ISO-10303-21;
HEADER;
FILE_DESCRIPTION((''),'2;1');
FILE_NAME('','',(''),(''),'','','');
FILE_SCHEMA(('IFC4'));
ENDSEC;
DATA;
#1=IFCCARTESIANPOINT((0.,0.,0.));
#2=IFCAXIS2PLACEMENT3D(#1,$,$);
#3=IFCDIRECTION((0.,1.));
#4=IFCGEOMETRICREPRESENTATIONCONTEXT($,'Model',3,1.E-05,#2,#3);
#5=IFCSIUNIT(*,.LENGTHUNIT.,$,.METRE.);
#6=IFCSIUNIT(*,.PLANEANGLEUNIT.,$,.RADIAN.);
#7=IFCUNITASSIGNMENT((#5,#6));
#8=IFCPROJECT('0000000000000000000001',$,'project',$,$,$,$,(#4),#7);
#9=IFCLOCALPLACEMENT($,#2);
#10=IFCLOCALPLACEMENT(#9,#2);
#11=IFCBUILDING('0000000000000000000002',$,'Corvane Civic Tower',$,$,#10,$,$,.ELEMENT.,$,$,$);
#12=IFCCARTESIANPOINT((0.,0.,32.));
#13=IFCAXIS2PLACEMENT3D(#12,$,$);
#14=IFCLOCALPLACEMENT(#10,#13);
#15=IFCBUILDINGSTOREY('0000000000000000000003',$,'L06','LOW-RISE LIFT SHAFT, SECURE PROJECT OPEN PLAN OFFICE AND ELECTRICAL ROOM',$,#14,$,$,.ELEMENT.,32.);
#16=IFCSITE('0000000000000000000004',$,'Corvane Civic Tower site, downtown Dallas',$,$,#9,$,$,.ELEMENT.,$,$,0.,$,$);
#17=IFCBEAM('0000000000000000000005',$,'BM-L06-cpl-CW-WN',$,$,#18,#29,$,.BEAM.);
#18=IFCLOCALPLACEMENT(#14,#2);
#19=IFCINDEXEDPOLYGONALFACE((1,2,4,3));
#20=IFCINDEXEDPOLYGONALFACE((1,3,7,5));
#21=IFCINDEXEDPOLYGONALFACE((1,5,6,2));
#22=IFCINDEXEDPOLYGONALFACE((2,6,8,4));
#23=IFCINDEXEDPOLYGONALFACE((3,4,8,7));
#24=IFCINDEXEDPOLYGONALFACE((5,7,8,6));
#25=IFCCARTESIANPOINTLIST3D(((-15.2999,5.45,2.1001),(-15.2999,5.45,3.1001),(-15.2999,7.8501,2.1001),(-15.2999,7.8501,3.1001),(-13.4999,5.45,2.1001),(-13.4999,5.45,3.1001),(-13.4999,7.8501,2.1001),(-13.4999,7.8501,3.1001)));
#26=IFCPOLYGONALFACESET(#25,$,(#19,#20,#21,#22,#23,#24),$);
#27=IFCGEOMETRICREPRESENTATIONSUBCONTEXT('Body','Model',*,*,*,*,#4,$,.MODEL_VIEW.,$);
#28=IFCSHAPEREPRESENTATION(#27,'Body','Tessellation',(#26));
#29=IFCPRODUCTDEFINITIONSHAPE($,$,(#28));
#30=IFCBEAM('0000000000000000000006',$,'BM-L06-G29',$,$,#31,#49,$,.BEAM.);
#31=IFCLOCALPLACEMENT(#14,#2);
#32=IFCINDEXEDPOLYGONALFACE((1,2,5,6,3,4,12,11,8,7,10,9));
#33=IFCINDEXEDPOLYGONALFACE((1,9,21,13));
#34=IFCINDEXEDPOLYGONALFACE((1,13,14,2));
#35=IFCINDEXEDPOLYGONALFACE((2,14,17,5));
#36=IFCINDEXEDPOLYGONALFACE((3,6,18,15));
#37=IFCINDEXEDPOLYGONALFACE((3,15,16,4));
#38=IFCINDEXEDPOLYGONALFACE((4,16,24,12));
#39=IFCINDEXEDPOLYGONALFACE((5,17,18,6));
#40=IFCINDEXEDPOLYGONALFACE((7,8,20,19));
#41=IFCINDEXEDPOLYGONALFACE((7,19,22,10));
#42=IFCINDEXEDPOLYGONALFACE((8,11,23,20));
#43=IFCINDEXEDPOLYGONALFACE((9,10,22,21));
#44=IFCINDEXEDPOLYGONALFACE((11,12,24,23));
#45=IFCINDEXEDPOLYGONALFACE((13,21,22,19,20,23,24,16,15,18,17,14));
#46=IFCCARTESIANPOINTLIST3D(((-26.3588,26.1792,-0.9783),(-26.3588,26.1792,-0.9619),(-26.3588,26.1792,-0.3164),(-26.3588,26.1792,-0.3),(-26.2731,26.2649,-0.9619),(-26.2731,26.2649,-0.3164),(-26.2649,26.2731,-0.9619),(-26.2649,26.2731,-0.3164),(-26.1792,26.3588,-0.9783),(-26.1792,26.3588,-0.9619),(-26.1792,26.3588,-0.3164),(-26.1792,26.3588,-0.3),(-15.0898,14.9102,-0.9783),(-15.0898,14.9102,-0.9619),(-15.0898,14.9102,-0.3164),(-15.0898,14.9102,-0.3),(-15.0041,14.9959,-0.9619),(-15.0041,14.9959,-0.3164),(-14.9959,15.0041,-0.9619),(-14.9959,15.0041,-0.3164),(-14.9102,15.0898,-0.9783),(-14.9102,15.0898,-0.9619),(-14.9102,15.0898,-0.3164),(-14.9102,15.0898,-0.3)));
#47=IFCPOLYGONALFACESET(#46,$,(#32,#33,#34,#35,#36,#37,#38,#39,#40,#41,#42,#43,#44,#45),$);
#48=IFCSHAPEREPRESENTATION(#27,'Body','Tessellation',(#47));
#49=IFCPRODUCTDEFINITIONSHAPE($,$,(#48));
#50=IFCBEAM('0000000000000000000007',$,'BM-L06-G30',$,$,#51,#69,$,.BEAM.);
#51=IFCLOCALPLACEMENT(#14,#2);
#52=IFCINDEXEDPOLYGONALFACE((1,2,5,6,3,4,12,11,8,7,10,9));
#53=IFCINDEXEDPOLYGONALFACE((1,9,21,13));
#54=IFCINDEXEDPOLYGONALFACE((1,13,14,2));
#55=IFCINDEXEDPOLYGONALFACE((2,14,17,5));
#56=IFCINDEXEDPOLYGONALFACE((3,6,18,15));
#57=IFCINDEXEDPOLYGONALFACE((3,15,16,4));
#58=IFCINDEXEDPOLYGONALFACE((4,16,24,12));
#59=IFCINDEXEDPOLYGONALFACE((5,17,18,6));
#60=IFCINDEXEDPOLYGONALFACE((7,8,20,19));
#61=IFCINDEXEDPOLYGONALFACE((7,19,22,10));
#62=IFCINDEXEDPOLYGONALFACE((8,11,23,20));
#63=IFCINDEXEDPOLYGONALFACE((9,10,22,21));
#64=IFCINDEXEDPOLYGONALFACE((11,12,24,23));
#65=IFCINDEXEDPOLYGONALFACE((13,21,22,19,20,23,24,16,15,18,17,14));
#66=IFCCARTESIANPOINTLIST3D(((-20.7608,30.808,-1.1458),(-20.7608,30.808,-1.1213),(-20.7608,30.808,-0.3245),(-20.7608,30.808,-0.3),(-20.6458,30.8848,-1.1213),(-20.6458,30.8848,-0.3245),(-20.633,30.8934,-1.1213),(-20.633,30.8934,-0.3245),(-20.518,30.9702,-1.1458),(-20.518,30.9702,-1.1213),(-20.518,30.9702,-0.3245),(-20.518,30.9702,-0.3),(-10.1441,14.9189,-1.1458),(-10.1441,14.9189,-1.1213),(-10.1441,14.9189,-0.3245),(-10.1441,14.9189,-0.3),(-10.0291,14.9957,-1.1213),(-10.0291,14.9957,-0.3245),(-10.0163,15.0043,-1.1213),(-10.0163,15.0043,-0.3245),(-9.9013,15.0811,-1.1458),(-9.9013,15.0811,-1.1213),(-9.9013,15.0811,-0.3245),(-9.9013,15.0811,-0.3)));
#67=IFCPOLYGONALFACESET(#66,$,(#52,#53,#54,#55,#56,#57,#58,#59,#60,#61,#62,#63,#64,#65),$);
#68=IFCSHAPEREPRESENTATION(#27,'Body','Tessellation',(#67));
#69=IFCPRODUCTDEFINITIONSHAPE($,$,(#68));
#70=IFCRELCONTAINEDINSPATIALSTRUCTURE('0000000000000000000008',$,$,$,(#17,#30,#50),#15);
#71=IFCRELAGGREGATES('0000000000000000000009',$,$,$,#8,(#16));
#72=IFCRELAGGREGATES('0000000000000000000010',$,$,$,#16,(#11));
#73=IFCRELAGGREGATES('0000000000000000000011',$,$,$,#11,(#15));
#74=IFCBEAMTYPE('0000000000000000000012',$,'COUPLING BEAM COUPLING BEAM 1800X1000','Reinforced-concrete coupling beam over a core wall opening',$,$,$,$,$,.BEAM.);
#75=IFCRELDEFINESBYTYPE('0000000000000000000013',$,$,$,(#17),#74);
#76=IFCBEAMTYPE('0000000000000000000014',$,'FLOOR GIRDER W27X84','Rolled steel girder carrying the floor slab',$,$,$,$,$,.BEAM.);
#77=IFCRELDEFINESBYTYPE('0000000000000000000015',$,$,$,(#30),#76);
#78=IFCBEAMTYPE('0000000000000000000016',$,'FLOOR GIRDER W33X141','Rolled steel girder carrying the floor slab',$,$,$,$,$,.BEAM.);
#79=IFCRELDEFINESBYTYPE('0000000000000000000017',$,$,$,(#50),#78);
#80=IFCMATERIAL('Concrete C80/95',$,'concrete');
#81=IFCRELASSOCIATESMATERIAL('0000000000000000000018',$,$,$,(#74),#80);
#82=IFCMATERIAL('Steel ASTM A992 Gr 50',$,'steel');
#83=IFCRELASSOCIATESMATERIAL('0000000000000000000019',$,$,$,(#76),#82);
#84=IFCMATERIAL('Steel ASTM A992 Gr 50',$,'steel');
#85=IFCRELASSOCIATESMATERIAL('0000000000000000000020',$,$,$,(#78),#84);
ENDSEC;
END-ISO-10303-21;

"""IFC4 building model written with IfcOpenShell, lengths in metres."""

from ifc_helpers import new_model, si_unit, direction, frame, origin, origin_2d, place, context, subcontext, project, spatial, rectangle, i_section, extrude, material, material_profile, profile_set, type_object, element, save


model = new_model("IFC4")

# Units and contexts
model_context = context("Model", 3, precision=1e-05, world=origin(), true_north=direction((0.0, 1.0)))
body_context = subcontext(model_context, "Body", "Model", "MODEL_VIEW")
ifc_project = project(units=[si_unit("LENGTHUNIT", "METRE"), si_unit("PLANEANGLEUNIT", "RADIAN")], contexts=[model_context])

# Site, building, storey
site_placement = place(None, origin())
site = spatial("IfcSite", under=ifc_project, at=site_placement, Name="Corvane Civic Tower site, downtown Dallas", CompositionType="ELEMENT", RefElevation=0.0)
building_placement = place(site_placement, origin())
building = spatial("IfcBuilding", under=site, at=building_placement, Name="Corvane Civic Tower", CompositionType="ELEMENT")
storey_placement = place(building_placement, frame((0.0, 0.0, 32.0)))
storey = spatial("IfcBuildingStorey", under=building, at=storey_placement, Name="L06", Description="LOW-RISE LIFT SHAFT, SECURE PROJECT OPEN PLAN OFFICE AND ELECTRICAL ROOM", CompositionType="ELEMENT", Elevation=32.0)

# Beams
ifc_material_1 = material(Name="Concrete C80/95", Category="concrete")
ifc_material_profile_1 = material_profile(ifc_material_1, rectangle(XDim=1.8, YDim=1.0, at=origin_2d()), Name="COUPLING BEAM 1800X1000")
ifc_profile_set_1 = profile_set([ifc_material_profile_1], Name="Concrete C80/95")
beam_type_1 = type_object("IfcBeamType", Name="COUPLING BEAM COUPLING BEAM 1800X1000", Description="Reinforced-concrete coupling beam over a core wall opening", PredefinedType="BEAM", material=ifc_profile_set_1)
beam_1_placement = place(storey_placement, frame((-14.3999, 5.45, 2.6001), z_axis=(0.0, 1.0, 0.0), x_axis=(-1.0, 0.0, 0.0)))
element("IfcBeam", 1, at=beam_1_placement, inside=storey, type_object=beam_type_1, Name="BM-L06-cpl-CW-WN", PredefinedType="BEAM", context=body_context, shape_type="SweptSolid", body=[
    extrude(rectangle(XDim=1.8, YDim=1.0, at=origin_2d()), origin(), (0.0, 0.0, 1.0), 2.4001),
])
ifc_material_2 = material(Name="Steel ASTM A992 Gr 50", Category="steel")
ifc_material_profile_2 = material_profile(ifc_material_2, i_section(OverallWidth=0.2539, OverallDepth=0.6782, WebThickness=0.0117, FlangeThickness=0.0164, at=origin_2d()), Name="W27X84")
ifc_profile_set_2 = profile_set([ifc_material_profile_2], Name="Steel ASTM A992 Gr 50")
beam_type_2 = type_object("IfcBeamType", Name="FLOOR GIRDER W27X84", Description="Rolled steel girder carrying the floor slab", PredefinedType="BEAM", material=ifc_profile_set_2)
beam_2_placement = place(storey_placement, frame((-15.0, 15.0, -0.6392), z_axis=(-0.707107, 0.707107, 0.0), x_axis=(-0.707107, -0.707107, 0.0)))
element("IfcBeam", 2, at=beam_2_placement, inside=storey, type_object=beam_type_2, Name="BM-L06-G29", PredefinedType="BEAM", context=body_context, shape_type="SweptSolid", body=[
    extrude(i_section(OverallWidth=0.2539, OverallDepth=0.6782, WebThickness=0.0117, FlangeThickness=0.0164, at=origin_2d()), origin(), (0.0, 0.0, 1.0), 15.9368),
])
ifc_material_3 = material(Name="Steel ASTM A992 Gr 50", Category="steel")
ifc_material_profile_3 = material_profile(ifc_material_3, i_section(OverallWidth=0.292, OverallDepth=0.8457, WebThickness=0.0154, FlangeThickness=0.0244, at=origin_2d()), Name="W33X141")
ifc_profile_set_3 = profile_set([ifc_material_profile_3], Name="Steel ASTM A992 Gr 50")
beam_type_3 = type_object("IfcBeamType", Name="FLOOR GIRDER W33X141", Description="Rolled steel girder carrying the floor slab", PredefinedType="BEAM", material=ifc_profile_set_3)
beam_3_placement = place(storey_placement, frame((-10.0227, 15.0, -0.7229), z_axis=(-0.555567, 0.831472, 0.0), x_axis=(-0.831472, -0.555567, 0.0)))
element("IfcBeam", 3, at=beam_3_placement, inside=storey, type_object=beam_type_3, Name="BM-L06-G30", PredefinedType="BEAM", context=body_context, shape_type="SweptSolid", body=[
    extrude(i_section(OverallWidth=0.292, OverallDepth=0.8457, WebThickness=0.0154, FlangeThickness=0.0244, at=origin_2d()), origin(), (0.0, 0.0, 1.0), 19.1096),
])

save(model, "model.ifc")
